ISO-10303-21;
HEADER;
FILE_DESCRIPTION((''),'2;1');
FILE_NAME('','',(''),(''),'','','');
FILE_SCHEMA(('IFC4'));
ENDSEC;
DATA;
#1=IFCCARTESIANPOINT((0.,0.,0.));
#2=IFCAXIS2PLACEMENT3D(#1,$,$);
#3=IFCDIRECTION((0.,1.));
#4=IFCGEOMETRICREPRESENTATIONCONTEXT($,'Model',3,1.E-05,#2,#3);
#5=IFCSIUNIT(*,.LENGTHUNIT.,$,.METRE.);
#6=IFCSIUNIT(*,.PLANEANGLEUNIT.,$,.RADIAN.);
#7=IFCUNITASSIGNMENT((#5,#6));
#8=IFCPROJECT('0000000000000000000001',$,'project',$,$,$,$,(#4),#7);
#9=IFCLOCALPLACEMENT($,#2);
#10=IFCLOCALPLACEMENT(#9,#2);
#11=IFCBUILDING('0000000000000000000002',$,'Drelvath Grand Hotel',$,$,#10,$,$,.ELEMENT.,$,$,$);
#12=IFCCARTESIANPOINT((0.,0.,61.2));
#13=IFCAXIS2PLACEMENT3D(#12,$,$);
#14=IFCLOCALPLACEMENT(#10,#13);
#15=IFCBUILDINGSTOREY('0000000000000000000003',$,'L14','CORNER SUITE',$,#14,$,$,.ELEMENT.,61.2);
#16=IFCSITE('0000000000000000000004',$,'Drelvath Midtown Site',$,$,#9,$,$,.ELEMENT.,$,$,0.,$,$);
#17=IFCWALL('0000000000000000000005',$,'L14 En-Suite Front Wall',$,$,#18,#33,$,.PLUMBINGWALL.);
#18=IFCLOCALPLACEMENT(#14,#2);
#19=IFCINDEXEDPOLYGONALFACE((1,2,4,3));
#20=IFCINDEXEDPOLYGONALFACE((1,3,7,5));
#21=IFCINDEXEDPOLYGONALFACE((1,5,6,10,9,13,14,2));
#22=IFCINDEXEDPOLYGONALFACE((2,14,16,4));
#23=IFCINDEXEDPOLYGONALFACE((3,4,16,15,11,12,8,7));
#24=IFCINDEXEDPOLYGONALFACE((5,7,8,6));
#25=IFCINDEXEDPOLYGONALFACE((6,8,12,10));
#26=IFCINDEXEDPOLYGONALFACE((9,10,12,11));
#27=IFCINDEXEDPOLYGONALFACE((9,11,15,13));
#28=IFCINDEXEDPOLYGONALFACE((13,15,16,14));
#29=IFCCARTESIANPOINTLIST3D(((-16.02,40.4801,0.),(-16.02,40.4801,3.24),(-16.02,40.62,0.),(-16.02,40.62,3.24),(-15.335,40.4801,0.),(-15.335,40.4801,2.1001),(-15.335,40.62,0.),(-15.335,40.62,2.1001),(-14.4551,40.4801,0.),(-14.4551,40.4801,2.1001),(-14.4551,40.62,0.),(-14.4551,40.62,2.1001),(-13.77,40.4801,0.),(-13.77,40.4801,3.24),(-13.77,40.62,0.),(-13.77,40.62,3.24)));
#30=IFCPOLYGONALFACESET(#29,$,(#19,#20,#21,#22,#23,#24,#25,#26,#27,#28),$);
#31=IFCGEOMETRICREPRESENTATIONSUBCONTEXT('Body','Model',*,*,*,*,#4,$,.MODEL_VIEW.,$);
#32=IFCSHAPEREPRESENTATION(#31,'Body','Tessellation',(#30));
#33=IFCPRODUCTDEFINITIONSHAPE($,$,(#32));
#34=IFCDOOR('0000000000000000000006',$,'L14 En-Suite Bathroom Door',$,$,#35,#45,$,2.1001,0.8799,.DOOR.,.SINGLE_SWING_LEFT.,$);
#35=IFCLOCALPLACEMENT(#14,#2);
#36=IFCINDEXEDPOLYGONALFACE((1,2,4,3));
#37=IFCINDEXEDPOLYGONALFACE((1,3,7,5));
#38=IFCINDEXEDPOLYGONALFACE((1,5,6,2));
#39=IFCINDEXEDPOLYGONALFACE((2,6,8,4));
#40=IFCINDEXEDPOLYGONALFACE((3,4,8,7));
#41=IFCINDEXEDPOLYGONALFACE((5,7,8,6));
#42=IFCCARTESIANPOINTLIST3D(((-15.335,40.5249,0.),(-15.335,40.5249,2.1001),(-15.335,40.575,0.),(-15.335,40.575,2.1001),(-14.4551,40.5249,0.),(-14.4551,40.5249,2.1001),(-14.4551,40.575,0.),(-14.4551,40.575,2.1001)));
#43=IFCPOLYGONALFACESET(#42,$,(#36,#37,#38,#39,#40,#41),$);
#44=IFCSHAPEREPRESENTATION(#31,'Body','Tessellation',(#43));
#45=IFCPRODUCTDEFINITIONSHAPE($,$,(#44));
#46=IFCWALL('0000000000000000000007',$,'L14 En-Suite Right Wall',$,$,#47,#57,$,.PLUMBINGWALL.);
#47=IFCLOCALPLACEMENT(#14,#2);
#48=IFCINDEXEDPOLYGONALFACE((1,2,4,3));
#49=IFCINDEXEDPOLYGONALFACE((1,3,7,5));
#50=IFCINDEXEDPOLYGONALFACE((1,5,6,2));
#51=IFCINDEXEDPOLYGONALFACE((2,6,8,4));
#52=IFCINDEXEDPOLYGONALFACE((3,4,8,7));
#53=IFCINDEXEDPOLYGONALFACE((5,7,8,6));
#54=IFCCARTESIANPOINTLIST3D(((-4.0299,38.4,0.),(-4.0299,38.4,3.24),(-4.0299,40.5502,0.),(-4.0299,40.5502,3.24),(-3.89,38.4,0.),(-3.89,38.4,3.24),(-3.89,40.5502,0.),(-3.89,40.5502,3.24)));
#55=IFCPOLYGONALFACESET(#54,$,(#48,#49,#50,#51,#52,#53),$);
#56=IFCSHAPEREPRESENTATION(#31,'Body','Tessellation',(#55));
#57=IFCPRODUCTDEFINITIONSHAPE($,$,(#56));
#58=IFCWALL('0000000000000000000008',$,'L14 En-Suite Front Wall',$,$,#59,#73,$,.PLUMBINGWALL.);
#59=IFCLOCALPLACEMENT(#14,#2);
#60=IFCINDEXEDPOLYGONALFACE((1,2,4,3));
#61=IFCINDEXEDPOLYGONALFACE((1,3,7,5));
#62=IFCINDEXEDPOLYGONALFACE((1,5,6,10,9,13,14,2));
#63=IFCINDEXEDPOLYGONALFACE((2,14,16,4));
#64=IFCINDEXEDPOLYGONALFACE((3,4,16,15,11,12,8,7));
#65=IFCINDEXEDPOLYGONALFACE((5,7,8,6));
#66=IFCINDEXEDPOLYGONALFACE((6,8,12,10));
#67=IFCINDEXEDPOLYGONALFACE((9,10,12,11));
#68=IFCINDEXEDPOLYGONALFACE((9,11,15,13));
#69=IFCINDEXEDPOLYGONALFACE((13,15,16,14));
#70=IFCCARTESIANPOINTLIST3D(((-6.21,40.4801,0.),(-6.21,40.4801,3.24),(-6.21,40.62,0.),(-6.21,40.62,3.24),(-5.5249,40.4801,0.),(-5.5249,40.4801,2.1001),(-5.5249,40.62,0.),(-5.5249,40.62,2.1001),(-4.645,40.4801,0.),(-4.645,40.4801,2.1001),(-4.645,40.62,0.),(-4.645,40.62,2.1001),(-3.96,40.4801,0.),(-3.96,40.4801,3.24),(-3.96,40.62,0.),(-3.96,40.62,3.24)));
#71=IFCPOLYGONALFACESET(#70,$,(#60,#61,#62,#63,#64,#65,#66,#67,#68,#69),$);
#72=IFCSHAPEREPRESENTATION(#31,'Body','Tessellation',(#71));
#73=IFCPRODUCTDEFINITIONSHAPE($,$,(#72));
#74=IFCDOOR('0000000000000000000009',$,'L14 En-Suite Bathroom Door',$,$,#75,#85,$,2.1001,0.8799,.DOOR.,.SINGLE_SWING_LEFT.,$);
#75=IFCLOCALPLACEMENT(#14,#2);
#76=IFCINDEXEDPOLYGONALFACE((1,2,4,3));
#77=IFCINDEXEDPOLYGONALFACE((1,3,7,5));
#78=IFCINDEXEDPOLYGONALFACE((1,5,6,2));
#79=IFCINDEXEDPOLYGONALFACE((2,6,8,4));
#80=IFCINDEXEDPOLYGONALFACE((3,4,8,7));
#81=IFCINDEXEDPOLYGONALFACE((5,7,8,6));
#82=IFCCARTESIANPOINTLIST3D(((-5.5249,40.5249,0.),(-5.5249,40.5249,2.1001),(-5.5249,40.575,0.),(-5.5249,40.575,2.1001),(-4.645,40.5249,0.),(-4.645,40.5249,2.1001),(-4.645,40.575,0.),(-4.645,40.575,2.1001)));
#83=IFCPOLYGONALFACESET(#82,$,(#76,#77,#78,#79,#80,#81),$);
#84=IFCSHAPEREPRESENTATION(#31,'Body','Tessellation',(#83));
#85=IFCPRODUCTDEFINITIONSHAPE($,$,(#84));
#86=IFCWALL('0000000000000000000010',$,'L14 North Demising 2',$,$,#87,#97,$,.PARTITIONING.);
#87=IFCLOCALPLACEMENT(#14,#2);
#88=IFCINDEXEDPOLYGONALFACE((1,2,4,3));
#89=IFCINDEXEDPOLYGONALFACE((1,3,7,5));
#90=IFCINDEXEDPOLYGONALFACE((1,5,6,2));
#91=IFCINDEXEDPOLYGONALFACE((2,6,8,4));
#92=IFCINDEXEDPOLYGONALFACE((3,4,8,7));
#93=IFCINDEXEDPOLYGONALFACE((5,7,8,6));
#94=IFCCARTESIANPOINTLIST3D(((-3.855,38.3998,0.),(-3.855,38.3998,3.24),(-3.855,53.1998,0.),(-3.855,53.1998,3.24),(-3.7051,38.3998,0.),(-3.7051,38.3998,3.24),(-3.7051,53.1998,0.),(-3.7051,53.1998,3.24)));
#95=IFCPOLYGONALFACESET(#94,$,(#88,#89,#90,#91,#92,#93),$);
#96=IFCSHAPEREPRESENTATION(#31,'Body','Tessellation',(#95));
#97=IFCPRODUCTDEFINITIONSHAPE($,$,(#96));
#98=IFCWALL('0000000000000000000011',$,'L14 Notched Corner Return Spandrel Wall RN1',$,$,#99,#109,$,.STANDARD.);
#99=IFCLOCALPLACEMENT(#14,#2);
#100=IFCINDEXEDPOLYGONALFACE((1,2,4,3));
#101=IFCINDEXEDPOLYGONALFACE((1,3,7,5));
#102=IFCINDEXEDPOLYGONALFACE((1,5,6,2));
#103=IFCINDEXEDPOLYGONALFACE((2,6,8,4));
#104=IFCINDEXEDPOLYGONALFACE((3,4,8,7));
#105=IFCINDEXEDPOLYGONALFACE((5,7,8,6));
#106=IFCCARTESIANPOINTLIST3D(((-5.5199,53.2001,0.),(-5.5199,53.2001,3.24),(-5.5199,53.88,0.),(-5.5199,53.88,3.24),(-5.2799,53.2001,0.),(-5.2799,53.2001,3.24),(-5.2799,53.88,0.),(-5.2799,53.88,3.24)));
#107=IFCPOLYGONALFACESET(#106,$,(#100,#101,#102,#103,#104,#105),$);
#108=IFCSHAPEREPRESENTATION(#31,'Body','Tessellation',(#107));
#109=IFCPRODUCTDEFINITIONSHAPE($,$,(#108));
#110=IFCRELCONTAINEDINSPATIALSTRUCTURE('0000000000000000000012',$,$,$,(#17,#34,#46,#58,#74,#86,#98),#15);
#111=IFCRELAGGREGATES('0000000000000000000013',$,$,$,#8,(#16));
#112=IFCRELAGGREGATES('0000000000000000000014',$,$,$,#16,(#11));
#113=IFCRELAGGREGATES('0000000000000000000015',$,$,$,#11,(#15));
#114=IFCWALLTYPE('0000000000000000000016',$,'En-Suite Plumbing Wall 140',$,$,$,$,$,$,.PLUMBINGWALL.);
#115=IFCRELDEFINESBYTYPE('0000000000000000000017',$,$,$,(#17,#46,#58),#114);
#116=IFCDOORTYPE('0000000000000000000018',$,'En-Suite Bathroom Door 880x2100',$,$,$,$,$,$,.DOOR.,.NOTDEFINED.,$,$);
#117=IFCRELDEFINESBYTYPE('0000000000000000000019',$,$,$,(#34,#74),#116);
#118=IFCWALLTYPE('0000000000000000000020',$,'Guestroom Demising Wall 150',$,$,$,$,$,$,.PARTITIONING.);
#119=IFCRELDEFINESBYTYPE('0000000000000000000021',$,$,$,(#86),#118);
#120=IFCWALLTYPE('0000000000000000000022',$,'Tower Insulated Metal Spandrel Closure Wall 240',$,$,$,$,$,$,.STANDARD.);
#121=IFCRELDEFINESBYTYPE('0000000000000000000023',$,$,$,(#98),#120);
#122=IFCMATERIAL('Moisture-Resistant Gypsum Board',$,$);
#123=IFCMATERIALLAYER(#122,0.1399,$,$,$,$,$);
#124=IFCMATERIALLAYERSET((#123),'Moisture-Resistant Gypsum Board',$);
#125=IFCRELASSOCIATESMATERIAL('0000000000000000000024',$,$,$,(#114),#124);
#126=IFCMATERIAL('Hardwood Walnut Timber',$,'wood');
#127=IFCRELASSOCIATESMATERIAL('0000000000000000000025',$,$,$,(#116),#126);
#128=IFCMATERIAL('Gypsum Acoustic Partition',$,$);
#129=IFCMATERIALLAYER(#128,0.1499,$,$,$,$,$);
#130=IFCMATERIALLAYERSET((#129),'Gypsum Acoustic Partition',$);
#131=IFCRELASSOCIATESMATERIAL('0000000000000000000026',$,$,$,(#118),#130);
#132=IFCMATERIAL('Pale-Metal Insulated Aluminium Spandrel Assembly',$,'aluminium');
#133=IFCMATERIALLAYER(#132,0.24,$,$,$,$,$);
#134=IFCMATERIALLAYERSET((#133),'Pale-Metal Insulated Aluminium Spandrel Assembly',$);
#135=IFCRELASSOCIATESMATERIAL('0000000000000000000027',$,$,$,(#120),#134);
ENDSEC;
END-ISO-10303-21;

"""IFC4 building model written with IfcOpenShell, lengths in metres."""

from ifc_helpers import new_model, si_unit, direction, frame, frame_2d, origin, place, context, subcontext, project, spatial, rectangle, extrude, material, layer, layer_set, type_object, element, fill, save


model = new_model("IFC4")

# Units and contexts
model_context = context("Model", 3, precision=1e-05, world=origin(), true_north=direction((0.0, 1.0)))
body_context = subcontext(model_context, "Body", "Model", "MODEL_VIEW")
ifc_project = project(units=[si_unit("LENGTHUNIT", "METRE"), si_unit("PLANEANGLEUNIT", "RADIAN")], contexts=[model_context])

# Site, building, storey
site_placement = place(None, origin())
site = spatial("IfcSite", under=ifc_project, at=site_placement, Name="Drelvath Midtown Site", CompositionType="ELEMENT", RefElevation=0.0)
building_placement = place(site_placement, origin())
building = spatial("IfcBuilding", under=site, at=building_placement, Name="Drelvath Grand Hotel", CompositionType="ELEMENT")
storey_placement = place(building_placement, frame((0.0, 0.0, 61.2)))
storey = spatial("IfcBuildingStorey", under=building, at=storey_placement, Name="L14", Description="CORNER SUITE", CompositionType="ELEMENT", Elevation=61.2)

# Wall, opening, door
ifc_material_1 = material(Name="Moisture-Resistant Gypsum Board")
ifc_layer_1 = layer(ifc_material_1, 0.1399)
ifc_layer_set_1 = layer_set([ifc_layer_1], Name="Moisture-Resistant Gypsum Board")
wall_type_1 = type_object("IfcWallType", Name="En-Suite Plumbing Wall 140", PredefinedType="PLUMBINGWALL", material=ifc_layer_set_1)
wall_1_placement = place(storey_placement, frame((-16.02, 40.55, 0.0), z_axis=(0.0, 0.0, 1.0), x_axis=(1.0, 0.0, 0.0)))
wall_1 = element("IfcWall", 1, at=wall_1_placement, inside=storey, type_object=wall_type_1, Name="L14 En-Suite Front Wall", PredefinedType="PLUMBINGWALL", context=body_context, shape_type="SweptSolid", body=[
    extrude(rectangle(XDim=2.25, YDim=0.1399, at=frame_2d((1.125, 0.0))), origin(), (0.0, 0.0, 1.0), 3.24),
])
opening_1_placement = place(wall_1_placement, frame((0.6851, 0.0, 0.0)))
opening_1 = element("IfcOpeningElement", 2, at=opening_1_placement, cuts=wall_1, PredefinedType="OPENING", context=body_context, shape_type="SweptSolid", body=[
    extrude(rectangle(XDim=0.8799, YDim=2.1001, at=frame_2d((0.4399, 1.05))), frame((0.0, 0.0798, 0.0), z_axis=(0.0, -1.0, 0.0), x_axis=(1.0, 0.0, 0.0)), (0.0, 0.0, 1.0), 0.1599),
])
ifc_material_2 = material(Name="Hardwood Walnut Timber", Category="wood")
door_type = type_object("IfcDoorType", Name="En-Suite Bathroom Door 880x2100", OperationType="NOTDEFINED", PredefinedType="DOOR", material=ifc_material_2)
door_1_placement = place(opening_1_placement, origin())
door_1 = element("IfcDoor", 3, at=door_1_placement, inside=storey, type_object=door_type, Name="L14 En-Suite Bathroom Door", OperationType="SINGLE_SWING_LEFT", OverallHeight=2.1001, OverallWidth=0.8799, PredefinedType="DOOR", context=body_context, shape_type="SweptSolid", body=[
    extrude(rectangle(XDim=0.8799, YDim=2.1001, at=frame_2d((0.4399, 1.05))), frame((0.0, 0.0249, 0.0), z_axis=(0.0, -1.0, 0.0), x_axis=(1.0, 0.0, 0.0)), (0.0, 0.0, 1.0), 0.05),
])
fill(opening_1, door_1)

# Wall
wall_2_placement = place(storey_placement, frame((-3.96, 38.3999, 0.0), z_axis=(0.0, 0.0, 1.0), x_axis=(0.0, 1.0, 0.0)))
element("IfcWall", 4, at=wall_2_placement, inside=storey, type_object=wall_type_1, Name="L14 En-Suite Right Wall", PredefinedType="PLUMBINGWALL", context=body_context, shape_type="SweptSolid", body=[
    extrude(rectangle(XDim=2.1501, YDim=0.1399, at=frame_2d((1.0752, 0.0))), origin(), (0.0, 0.0, 1.0), 3.24),
])

# Wall, opening, door
wall_3_placement = place(storey_placement, frame((-6.21, 40.55, 0.0), z_axis=(0.0, 0.0, 1.0), x_axis=(1.0, 0.0, 0.0)))
wall_3 = element("IfcWall", 5, at=wall_3_placement, inside=storey, type_object=wall_type_1, Name="L14 En-Suite Front Wall", PredefinedType="PLUMBINGWALL", context=body_context, shape_type="SweptSolid", body=[
    extrude(rectangle(XDim=2.25, YDim=0.1399, at=frame_2d((1.125, 0.0))), origin(), (0.0, 0.0, 1.0), 3.24),
])
opening_2_placement = place(wall_3_placement, frame((0.6851, 0.0, 0.0)))
opening_2 = element("IfcOpeningElement", 6, at=opening_2_placement, cuts=wall_3, PredefinedType="OPENING", context=body_context, shape_type="SweptSolid", body=[
    extrude(rectangle(XDim=0.8799, YDim=2.1001, at=frame_2d((0.4399, 1.05))), frame((0.0, 0.0798, 0.0), z_axis=(0.0, -1.0, 0.0), x_axis=(1.0, 0.0, 0.0)), (0.0, 0.0, 1.0), 0.1599),
])
door_2_placement = place(opening_2_placement, origin())
door_2 = element("IfcDoor", 7, at=door_2_placement, inside=storey, type_object=door_type, Name="L14 En-Suite Bathroom Door", OperationType="SINGLE_SWING_LEFT", OverallHeight=2.1001, OverallWidth=0.8799, PredefinedType="DOOR", context=body_context, shape_type="SweptSolid", body=[
    extrude(rectangle(XDim=0.8799, YDim=2.1001, at=frame_2d((0.4399, 1.05))), frame((0.0, 0.0249, 0.0), z_axis=(0.0, -1.0, 0.0), x_axis=(1.0, 0.0, 0.0)), (0.0, 0.0, 1.0), 0.05),
])
fill(opening_2, door_2)

# Walls
ifc_material_3 = material(Name="Gypsum Acoustic Partition")
ifc_layer_2 = layer(ifc_material_3, 0.1499)
ifc_layer_set_2 = layer_set([ifc_layer_2], Name="Gypsum Acoustic Partition")
wall_type_2 = type_object("IfcWallType", Name="Guestroom Demising Wall 150", PredefinedType="PARTITIONING", material=ifc_layer_set_2)
wall_4_placement = place(storey_placement, frame((-3.78, 38.3999, 0.0), z_axis=(0.0, 0.0, 1.0), x_axis=(0.0, 1.0, 0.0)))
element("IfcWall", 8, at=wall_4_placement, inside=storey, type_object=wall_type_2, Name="L14 North Demising 2", PredefinedType="PARTITIONING", context=body_context, shape_type="SweptSolid", body=[
    extrude(rectangle(XDim=14.8, YDim=0.1499, at=frame_2d((7.3999, 0.0))), origin(), (0.0, 0.0, 1.0), 3.24),
])
ifc_material_4 = material(Name="Pale-Metal Insulated Aluminium Spandrel Assembly", Category="aluminium")
ifc_layer_3 = layer(ifc_material_4, 0.24)
ifc_layer_set_3 = layer_set([ifc_layer_3], Name="Pale-Metal Insulated Aluminium Spandrel Assembly")
wall_type_3 = type_object("IfcWallType", Name="Tower Insulated Metal Spandrel Closure Wall 240", PredefinedType="STANDARD", material=ifc_layer_set_3)
wall_5_placement = place(storey_placement, frame((-5.3999, 53.8799, 0.0), z_axis=(0.0, 0.0, 1.0), x_axis=(0.0, -1.0, 0.0)))
element("IfcWall", 9, at=wall_5_placement, inside=storey, type_object=wall_type_3, Name="L14 Notched Corner Return Spandrel Wall RN1", PredefinedType="STANDARD", context=body_context, shape_type="SweptSolid", body=[
    extrude(rectangle(XDim=0.6799, YDim=0.24, at=frame_2d((0.3398, 0.0))), origin(), (0.0, 0.0, 1.0), 3.24),
])

save(model, "model.ifc")
